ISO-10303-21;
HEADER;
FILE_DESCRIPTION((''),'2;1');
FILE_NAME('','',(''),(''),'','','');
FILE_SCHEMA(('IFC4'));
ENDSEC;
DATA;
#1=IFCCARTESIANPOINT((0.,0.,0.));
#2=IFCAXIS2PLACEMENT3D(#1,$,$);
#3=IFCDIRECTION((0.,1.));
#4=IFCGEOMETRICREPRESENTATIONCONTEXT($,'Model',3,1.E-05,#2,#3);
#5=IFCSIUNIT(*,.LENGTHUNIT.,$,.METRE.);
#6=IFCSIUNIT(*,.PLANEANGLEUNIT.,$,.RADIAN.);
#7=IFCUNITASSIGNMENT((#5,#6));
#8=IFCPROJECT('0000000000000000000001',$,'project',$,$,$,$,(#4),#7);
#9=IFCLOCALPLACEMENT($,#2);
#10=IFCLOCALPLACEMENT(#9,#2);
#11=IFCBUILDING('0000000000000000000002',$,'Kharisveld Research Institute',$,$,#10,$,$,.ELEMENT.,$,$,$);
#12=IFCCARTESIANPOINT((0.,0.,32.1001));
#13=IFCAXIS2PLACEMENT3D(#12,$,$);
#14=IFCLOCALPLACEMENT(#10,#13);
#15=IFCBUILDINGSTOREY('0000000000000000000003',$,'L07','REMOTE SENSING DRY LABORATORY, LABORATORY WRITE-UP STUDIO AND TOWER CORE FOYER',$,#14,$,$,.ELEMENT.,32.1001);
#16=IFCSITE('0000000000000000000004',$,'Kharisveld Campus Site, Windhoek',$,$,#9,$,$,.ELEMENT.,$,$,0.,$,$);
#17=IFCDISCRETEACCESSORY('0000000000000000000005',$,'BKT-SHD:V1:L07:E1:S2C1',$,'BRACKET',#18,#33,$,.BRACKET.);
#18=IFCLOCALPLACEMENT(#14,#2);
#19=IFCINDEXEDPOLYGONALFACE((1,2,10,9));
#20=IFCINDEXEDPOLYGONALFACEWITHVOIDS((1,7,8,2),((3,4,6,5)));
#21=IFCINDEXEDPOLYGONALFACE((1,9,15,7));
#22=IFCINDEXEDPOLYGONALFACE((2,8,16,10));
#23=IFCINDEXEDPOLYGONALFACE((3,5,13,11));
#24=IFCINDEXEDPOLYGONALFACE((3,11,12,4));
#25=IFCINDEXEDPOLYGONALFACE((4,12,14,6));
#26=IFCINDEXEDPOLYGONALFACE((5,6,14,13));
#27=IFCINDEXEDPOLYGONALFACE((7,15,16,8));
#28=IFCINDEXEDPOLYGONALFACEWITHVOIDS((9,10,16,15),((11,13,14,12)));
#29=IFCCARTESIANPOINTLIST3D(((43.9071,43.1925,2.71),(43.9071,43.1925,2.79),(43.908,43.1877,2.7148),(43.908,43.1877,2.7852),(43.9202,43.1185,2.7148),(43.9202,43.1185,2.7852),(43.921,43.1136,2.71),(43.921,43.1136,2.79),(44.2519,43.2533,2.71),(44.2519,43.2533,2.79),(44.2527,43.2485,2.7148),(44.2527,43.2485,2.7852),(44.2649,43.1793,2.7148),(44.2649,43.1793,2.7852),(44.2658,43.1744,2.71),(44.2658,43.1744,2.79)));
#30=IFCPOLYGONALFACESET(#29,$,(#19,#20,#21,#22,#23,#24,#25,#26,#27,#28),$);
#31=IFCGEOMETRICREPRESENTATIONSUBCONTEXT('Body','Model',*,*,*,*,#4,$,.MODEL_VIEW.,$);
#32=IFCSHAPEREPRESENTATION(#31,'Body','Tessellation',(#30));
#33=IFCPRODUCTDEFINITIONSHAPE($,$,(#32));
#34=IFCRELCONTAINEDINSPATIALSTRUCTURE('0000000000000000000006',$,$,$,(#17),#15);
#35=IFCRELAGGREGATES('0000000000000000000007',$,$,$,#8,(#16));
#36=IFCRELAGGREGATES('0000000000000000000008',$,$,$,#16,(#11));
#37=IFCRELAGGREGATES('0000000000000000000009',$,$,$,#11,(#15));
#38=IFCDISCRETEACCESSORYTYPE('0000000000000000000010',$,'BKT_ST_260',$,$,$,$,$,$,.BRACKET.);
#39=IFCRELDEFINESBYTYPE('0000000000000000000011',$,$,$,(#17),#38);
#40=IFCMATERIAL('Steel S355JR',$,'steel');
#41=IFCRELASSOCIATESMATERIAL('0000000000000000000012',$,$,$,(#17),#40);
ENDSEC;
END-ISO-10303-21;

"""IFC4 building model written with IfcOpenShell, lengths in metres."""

from ifc_helpers import new_model, si_unit, direction, frame, origin, origin_2d, place, context, subcontext, project, spatial, hollow_rectangle, extrude, material, type_object, element, save


model = new_model("IFC4")

# Units and contexts
model_context = context("Model", 3, precision=1e-05, world=origin(), true_north=direction((0.0, 1.0)))
body_context = subcontext(model_context, "Body", "Model", "MODEL_VIEW")
ifc_project = project(units=[si_unit("LENGTHUNIT", "METRE"), si_unit("PLANEANGLEUNIT", "RADIAN")], contexts=[model_context])

# Site, building, storey
site_placement = place(None, origin())
site = spatial("IfcSite", under=ifc_project, at=site_placement, Name="Kharisveld Campus Site, Windhoek", CompositionType="ELEMENT", RefElevation=0.0)
building_placement = place(site_placement, origin())
building = spatial("IfcBuilding", under=site, at=building_placement, Name="Kharisveld Research Institute", CompositionType="ELEMENT")
storey_placement = place(building_placement, frame((0.0, 0.0, 32.1001)))
storey = spatial("IfcBuildingStorey", under=building, at=storey_placement, Name="L07", Description="REMOTE SENSING DRY LABORATORY, LABORATORY WRITE-UP STUDIO AND TOWER CORE FOYER", CompositionType="ELEMENT", Elevation=32.1001)

# Shared definitions
ifc_material_1 = material(Name="Steel S355JR", Category="steel")

# Discrete accessory
discrete_accessory_type = type_object("IfcDiscreteAccessoryType", Name="BKT_ST_260", PredefinedType="BRACKET")
for number, where, z_axis, x_axis, name in (
    (1, (43.9141, 43.1531, 2.75), (0.984805, 0.173666, 0.0), (-0.173666, 0.984805, 0.0), "BKT-SHD:V1:L07:E1:S2C1"),
):
    element("IfcDiscreteAccessory", number, at=place(storey_placement, frame(where, z_axis=z_axis, x_axis=x_axis)), inside=storey, type_object=discrete_accessory_type, material=ifc_material_1, Name=name, ObjectType="BRACKET", PredefinedType="BRACKET", context=body_context, shape_type="SweptSolid", body=[
        extrude(hollow_rectangle(XDim=0.0801, YDim=0.0801, WallThickness=0.0049, at=origin_2d()), origin(), (0.0, 0.0, 1.0), 0.3501),
    ])

save(model, "model.ifc")
